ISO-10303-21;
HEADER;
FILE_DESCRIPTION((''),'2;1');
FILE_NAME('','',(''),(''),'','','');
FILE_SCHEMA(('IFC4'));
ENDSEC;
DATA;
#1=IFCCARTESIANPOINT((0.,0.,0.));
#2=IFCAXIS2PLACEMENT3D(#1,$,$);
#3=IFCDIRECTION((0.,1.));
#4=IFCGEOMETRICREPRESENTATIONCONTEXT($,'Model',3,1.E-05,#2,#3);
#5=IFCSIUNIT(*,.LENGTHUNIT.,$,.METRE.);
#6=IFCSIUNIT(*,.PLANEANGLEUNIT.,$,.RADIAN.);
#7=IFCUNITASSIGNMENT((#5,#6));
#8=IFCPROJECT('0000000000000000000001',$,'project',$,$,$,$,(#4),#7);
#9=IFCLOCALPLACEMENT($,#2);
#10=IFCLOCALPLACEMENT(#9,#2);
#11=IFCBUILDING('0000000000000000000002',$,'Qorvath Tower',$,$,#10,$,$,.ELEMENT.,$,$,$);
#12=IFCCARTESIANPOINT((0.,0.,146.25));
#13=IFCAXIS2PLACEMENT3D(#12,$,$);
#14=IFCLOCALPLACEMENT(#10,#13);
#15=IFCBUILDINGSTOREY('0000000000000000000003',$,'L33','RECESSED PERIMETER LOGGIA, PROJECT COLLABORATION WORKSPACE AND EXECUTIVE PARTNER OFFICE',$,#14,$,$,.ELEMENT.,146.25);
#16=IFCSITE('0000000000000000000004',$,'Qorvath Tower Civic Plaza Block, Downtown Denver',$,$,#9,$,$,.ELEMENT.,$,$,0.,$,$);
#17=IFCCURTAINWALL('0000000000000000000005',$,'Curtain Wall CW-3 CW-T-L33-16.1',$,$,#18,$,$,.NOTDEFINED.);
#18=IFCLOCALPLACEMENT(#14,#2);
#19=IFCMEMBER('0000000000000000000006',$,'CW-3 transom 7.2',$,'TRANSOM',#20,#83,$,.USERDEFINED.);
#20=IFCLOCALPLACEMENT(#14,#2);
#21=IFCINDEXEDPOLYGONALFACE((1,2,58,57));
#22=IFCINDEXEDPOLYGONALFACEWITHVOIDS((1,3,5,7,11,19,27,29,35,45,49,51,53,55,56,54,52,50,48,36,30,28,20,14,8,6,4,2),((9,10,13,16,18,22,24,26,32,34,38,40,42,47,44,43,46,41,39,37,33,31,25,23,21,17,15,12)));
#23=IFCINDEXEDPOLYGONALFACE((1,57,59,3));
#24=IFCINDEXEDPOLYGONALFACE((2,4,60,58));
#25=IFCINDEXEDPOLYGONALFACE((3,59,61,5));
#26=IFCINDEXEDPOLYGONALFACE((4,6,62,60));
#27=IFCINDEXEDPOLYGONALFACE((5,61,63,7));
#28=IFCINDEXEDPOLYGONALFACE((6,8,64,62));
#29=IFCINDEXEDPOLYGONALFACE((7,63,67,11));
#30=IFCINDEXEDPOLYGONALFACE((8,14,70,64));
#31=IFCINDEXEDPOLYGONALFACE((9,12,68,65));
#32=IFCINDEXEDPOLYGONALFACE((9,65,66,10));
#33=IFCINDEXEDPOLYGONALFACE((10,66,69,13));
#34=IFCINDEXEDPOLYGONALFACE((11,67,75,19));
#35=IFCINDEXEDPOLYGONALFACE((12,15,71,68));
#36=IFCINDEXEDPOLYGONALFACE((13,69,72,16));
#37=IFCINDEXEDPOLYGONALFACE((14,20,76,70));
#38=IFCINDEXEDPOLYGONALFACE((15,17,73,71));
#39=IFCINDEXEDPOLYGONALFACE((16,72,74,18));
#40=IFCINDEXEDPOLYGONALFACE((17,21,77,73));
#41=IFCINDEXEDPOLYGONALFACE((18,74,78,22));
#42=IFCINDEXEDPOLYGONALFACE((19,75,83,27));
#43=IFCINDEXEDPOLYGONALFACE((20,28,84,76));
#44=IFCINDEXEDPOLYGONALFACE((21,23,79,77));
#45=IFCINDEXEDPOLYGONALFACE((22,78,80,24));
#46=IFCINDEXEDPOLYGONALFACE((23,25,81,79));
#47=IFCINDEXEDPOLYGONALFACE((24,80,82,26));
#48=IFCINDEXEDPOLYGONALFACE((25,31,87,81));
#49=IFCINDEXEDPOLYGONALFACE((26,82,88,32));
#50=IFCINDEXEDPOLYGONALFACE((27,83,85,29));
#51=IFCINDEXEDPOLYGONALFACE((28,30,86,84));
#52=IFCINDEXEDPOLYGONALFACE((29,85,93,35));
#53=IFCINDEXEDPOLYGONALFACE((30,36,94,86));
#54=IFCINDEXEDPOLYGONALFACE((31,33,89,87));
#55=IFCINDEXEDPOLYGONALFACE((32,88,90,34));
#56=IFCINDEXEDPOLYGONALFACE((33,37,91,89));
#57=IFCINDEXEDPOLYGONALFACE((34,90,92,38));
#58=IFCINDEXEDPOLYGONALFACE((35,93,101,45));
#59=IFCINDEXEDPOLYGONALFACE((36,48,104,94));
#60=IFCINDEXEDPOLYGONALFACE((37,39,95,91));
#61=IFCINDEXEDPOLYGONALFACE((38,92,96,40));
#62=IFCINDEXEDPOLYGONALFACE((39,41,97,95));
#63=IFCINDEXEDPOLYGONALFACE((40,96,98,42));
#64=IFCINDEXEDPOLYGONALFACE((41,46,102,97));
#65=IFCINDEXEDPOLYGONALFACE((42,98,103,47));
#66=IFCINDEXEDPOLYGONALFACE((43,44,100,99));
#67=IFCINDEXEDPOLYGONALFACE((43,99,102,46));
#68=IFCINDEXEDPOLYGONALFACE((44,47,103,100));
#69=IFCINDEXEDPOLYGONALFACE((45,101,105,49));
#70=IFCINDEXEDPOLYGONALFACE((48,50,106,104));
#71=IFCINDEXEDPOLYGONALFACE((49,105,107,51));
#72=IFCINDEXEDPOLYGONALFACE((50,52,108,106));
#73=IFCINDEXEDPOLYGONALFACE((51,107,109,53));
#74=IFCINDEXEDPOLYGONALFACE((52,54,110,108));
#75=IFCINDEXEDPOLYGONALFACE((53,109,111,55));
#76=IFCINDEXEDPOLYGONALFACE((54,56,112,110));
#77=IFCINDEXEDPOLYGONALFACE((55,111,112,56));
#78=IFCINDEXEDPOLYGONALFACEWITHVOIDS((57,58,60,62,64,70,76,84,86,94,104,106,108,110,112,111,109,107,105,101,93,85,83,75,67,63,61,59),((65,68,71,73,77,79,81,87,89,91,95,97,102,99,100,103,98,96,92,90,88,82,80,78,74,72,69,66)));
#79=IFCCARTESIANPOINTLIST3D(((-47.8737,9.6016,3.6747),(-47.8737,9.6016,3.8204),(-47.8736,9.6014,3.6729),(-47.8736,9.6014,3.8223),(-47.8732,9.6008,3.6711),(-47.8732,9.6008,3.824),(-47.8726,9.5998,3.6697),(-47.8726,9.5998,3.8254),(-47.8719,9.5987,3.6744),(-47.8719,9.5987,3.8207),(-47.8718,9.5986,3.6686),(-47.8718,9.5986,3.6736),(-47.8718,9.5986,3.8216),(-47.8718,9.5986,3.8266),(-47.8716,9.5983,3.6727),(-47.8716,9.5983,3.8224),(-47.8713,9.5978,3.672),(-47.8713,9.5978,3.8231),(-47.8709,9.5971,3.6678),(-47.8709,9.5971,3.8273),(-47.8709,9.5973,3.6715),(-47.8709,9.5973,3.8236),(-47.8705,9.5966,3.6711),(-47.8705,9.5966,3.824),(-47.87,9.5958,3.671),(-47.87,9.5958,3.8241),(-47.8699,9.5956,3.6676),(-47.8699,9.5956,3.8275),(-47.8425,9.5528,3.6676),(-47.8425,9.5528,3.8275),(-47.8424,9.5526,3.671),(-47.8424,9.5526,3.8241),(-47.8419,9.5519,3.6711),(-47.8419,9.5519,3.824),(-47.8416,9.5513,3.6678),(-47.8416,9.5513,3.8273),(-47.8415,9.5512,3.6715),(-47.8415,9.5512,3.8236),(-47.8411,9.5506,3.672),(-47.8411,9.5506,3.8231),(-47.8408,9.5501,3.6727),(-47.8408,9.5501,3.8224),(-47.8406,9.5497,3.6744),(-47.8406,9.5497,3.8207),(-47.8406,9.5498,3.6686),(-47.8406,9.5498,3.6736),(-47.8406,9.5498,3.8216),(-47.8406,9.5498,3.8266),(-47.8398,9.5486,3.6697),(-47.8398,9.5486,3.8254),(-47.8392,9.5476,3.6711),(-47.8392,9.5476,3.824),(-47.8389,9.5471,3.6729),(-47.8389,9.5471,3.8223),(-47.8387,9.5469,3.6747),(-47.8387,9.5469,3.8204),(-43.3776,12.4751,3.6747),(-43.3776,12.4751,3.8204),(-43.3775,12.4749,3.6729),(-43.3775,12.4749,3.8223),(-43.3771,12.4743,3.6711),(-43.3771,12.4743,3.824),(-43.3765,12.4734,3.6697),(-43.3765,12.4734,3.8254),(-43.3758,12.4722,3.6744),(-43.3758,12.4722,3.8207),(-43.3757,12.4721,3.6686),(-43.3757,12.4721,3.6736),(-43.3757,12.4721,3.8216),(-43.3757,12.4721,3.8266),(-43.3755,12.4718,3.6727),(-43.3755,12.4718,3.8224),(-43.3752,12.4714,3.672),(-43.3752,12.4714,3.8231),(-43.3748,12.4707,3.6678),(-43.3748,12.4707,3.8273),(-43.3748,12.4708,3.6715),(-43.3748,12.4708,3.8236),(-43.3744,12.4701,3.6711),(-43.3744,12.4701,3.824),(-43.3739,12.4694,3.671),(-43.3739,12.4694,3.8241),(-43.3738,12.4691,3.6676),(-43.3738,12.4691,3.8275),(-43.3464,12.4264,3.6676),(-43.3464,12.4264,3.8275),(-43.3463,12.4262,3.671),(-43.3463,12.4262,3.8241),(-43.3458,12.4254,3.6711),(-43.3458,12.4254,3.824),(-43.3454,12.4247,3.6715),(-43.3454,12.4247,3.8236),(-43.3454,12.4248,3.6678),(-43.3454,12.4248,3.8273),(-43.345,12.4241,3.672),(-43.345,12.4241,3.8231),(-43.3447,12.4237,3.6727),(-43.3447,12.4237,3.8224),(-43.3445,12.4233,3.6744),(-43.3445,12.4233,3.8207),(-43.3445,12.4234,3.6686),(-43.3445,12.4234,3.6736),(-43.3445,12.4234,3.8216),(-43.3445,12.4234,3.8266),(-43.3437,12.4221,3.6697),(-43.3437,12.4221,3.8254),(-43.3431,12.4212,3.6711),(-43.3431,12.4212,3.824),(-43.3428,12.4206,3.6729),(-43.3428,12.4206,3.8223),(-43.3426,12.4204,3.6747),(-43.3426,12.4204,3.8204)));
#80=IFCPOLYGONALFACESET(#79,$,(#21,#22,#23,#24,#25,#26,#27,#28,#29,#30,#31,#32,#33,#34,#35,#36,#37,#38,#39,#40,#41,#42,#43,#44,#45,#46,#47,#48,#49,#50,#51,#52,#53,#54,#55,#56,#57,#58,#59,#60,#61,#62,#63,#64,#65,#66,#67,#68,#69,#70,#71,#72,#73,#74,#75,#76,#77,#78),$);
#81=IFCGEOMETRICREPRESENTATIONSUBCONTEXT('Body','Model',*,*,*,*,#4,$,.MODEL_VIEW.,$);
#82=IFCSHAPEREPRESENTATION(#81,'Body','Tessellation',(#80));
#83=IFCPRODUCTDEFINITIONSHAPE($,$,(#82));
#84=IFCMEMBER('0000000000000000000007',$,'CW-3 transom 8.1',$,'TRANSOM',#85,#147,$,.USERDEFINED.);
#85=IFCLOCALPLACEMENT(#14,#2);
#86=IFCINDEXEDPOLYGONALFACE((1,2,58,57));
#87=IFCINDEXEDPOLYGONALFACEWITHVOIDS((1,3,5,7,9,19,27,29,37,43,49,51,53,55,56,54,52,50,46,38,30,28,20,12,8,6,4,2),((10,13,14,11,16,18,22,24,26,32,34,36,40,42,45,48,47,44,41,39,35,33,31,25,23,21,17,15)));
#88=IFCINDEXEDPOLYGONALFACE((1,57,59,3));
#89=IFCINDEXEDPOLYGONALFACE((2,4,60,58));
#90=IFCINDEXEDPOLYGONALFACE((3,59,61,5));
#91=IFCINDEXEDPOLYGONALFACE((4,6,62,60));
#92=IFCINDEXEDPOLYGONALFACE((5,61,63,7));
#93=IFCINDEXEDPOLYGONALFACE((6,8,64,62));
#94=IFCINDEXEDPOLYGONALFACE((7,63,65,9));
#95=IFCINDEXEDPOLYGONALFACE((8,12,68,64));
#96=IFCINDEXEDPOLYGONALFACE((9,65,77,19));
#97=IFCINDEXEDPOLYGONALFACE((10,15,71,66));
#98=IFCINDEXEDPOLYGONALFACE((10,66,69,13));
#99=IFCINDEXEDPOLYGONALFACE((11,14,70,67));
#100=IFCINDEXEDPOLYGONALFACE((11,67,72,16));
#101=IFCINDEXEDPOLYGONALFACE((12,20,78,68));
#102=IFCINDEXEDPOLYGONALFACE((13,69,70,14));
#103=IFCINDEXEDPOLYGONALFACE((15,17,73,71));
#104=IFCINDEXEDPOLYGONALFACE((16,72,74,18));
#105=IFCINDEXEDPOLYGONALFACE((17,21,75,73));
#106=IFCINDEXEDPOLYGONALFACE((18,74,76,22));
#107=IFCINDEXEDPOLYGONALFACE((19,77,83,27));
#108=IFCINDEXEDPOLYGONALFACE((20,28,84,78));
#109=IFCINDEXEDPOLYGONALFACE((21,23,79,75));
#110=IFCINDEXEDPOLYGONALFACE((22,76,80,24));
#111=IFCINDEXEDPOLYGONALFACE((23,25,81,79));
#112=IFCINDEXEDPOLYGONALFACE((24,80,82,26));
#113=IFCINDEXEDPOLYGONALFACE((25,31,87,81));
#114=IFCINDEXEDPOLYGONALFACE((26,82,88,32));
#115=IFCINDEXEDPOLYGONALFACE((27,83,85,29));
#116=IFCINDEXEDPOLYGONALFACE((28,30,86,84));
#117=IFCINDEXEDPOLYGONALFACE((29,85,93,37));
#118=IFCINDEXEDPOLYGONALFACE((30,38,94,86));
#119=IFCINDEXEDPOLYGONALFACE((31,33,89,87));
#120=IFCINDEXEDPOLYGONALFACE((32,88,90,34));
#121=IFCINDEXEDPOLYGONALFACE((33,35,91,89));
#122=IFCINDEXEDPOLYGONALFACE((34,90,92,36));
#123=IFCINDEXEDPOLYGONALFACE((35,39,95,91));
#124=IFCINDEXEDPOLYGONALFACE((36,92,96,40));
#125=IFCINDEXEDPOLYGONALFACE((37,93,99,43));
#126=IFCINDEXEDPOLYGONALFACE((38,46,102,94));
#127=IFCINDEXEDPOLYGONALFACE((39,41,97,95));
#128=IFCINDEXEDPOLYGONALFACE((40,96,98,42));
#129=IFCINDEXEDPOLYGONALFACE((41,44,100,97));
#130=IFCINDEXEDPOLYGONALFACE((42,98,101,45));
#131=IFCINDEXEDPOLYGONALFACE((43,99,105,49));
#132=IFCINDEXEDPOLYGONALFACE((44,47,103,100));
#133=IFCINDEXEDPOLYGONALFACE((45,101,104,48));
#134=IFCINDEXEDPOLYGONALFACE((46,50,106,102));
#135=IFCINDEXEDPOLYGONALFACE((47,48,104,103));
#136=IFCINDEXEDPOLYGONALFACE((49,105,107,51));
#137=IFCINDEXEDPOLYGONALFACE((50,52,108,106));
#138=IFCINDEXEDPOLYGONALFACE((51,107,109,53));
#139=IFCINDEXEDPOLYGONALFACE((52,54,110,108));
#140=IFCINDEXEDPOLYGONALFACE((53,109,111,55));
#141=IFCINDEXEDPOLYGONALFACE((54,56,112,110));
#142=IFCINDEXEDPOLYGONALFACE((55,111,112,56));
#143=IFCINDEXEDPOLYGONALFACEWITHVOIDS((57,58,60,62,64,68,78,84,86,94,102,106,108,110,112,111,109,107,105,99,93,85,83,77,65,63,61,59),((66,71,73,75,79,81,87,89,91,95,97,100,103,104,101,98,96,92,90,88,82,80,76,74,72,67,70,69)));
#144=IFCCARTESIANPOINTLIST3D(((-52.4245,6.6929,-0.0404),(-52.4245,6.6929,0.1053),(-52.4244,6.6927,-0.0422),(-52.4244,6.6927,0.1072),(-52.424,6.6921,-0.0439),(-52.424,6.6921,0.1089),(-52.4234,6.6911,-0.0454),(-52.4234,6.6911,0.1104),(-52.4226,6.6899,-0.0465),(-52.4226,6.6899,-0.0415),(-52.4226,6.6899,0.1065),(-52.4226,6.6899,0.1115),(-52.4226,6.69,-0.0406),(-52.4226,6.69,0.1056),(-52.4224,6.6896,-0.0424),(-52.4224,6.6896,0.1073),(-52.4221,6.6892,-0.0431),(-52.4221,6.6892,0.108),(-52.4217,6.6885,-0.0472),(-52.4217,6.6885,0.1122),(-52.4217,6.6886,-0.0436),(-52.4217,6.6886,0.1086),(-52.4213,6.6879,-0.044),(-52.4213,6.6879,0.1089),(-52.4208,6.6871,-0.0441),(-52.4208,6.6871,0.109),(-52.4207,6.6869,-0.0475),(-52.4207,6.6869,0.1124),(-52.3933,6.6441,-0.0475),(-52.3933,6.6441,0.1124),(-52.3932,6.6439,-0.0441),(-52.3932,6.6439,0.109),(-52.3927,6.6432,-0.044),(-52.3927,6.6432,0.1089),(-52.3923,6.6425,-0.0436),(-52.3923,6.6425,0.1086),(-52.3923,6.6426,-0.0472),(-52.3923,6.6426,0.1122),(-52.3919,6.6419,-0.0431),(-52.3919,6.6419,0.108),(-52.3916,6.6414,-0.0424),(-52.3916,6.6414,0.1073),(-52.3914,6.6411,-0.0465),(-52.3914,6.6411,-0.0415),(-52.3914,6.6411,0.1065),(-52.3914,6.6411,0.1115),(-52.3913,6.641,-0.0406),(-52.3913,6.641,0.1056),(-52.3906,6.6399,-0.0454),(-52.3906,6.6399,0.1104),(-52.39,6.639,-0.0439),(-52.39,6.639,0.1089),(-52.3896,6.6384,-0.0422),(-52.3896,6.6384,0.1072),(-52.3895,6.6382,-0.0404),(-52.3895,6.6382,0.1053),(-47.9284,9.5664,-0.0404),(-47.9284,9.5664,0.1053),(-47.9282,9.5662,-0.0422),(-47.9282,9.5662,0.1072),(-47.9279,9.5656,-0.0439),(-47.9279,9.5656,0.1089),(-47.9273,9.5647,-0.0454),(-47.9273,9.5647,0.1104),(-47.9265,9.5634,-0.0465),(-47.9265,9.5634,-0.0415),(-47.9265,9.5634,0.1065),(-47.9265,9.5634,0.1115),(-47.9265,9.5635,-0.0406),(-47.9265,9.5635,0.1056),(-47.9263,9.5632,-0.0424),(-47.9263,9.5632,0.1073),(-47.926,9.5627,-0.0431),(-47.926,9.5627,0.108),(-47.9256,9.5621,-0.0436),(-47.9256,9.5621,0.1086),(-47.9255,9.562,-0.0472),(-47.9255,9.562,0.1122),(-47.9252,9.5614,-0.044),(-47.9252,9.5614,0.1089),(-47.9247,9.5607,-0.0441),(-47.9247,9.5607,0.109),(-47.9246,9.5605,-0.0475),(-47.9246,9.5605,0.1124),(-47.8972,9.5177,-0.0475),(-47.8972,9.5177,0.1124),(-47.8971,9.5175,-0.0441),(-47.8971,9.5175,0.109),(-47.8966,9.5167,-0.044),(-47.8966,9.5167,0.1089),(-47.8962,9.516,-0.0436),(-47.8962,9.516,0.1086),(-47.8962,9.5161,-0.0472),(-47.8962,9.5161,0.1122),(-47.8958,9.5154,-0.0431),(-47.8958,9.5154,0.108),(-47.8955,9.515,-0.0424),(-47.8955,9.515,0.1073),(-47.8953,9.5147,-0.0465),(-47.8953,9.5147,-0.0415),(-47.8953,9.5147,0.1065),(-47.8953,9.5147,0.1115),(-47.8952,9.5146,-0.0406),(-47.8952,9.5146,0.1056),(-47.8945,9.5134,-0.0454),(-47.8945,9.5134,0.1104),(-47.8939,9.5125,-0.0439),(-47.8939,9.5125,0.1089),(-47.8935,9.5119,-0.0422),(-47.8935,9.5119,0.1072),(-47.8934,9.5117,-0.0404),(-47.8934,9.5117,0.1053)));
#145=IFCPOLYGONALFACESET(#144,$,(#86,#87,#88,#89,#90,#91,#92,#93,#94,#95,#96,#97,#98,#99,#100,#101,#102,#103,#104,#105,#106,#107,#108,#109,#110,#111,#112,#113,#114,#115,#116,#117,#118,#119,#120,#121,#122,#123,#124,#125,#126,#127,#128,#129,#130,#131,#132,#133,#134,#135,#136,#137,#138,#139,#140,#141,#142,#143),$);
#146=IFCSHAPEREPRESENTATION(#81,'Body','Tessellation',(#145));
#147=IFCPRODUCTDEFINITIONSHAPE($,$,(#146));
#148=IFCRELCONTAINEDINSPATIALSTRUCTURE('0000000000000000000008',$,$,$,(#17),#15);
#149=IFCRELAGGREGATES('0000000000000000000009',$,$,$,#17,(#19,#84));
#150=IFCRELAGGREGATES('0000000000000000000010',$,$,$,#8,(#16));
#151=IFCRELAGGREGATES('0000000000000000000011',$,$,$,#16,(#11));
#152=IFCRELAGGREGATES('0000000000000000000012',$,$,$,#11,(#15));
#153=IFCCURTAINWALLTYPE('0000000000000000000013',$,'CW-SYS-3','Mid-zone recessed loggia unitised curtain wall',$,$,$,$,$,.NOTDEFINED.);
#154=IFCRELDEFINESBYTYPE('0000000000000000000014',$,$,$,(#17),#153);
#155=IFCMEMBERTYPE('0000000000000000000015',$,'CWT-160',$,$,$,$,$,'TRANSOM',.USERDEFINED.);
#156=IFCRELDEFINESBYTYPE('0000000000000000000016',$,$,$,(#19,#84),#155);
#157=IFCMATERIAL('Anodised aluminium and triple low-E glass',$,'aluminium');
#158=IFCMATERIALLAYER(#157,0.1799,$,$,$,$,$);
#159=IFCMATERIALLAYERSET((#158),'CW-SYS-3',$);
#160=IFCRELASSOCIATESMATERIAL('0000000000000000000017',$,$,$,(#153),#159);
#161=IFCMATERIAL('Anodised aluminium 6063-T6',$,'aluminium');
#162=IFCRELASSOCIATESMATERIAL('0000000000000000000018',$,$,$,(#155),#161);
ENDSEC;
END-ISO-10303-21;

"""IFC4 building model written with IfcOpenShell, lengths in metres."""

from ifc_helpers import new_model, si_unit, direction, frame, origin, origin_2d, place, context, subcontext, project, spatial, hollow_rectangle, extrude, material, layer, layer_set, material_profile, profile_set, type_object, element, aggregate, save


model = new_model("IFC4")

# Units and contexts
model_context = context("Model", 3, precision=1e-05, world=origin(), true_north=direction((0.0, 1.0)))
body_context = subcontext(model_context, "Body", "Model", "MODEL_VIEW")
ifc_project = project(units=[si_unit("LENGTHUNIT", "METRE"), si_unit("PLANEANGLEUNIT", "RADIAN")], contexts=[model_context])

# Site, building, storey
site_placement = place(None, origin())
site = spatial("IfcSite", under=ifc_project, at=site_placement, Name="Qorvath Tower Civic Plaza Block, Downtown Denver", CompositionType="ELEMENT", RefElevation=0.0)
building_placement = place(site_placement, origin())
building = spatial("IfcBuilding", under=site, at=building_placement, Name="Qorvath Tower", CompositionType="ELEMENT")
storey_placement = place(building_placement, frame((0.0, 0.0, 146.25)))
storey = spatial("IfcBuildingStorey", under=building, at=storey_placement, Name="L33", Description="RECESSED PERIMETER LOGGIA, PROJECT COLLABORATION WORKSPACE AND EXECUTIVE PARTNER OFFICE", CompositionType="ELEMENT", Elevation=146.25)

# Curtain wall, members
ifc_material_1 = material(Name="Anodised aluminium and triple low-E glass", Category="aluminium")
ifc_layer_1 = layer(ifc_material_1, 0.1799)
ifc_layer_set_1 = layer_set([ifc_layer_1], Name="CW-SYS-3")
curtain_wall_type = type_object("IfcCurtainWallType", Name="CW-SYS-3", Description="Mid-zone recessed loggia unitised curtain wall", PredefinedType="NOTDEFINED", material=ifc_layer_set_1)
curtain_wall_placement = place(storey_placement, origin())
curtain_wall = element("IfcCurtainWall", 1, at=curtain_wall_placement, inside=storey, type_object=curtain_wall_type, Name="Curtain Wall CW-3 CW-T-L33-16.1", PredefinedType="NOTDEFINED")
ifc_material_2 = material(Name="Anodised aluminium 6063-T6", Category="aluminium")
ifc_material_profile_1 = material_profile(ifc_material_2, hollow_rectangle(XDim=0.0649, YDim=0.1599, WallThickness=0.0034, InnerFilletRadius=0.0034, OuterFilletRadius=0.0071, at=origin_2d()), Name="CWT 160x65")
ifc_profile_set_1 = profile_set([ifc_material_profile_1], Name="Anodised aluminium 6063-T6")
member_type_1 = type_object("IfcMemberType", Name="CWT-160", ElementType="TRANSOM", PredefinedType="USERDEFINED", material=ifc_profile_set_1)
member_1_placement = place(storey_placement, frame((-43.3601, 12.4478, 3.7476), z_axis=(-0.842609, -0.538526, 0.0), x_axis=(0.538526, -0.842609, 0.0)))
member_1 = element("IfcMember", 2, at=member_1_placement, type_object=member_type_1, Name="CW-3 transom 7.2", ObjectType="TRANSOM", PredefinedType="USERDEFINED", context=body_context, shape_type="SweptSolid", body=[
    extrude(hollow_rectangle(XDim=0.0649, YDim=0.1599, WallThickness=0.0034, InnerFilletRadius=0.0034, OuterFilletRadius=0.0071, at=origin_2d()), origin(), (0.0, 0.0, 1.0), 5.3359),
])
member_2_placement = place(storey_placement, frame((-47.9109, 9.5391, 0.0325), z_axis=(-0.842609, -0.538526, 0.0), x_axis=(0.538526, -0.842609, 0.0)))
member_2 = element("IfcMember", 3, at=member_2_placement, type_object=member_type_1, Name="CW-3 transom 8.1", ObjectType="TRANSOM", PredefinedType="USERDEFINED", context=body_context, shape_type="SweptSolid", body=[
    extrude(hollow_rectangle(XDim=0.0649, YDim=0.1599, WallThickness=0.0034, InnerFilletRadius=0.0034, OuterFilletRadius=0.0071, at=origin_2d()), origin(), (0.0, 0.0, 1.0), 5.3359),
])
aggregate(curtain_wall, [member_1, member_2])

save(model, "model.ifc")
